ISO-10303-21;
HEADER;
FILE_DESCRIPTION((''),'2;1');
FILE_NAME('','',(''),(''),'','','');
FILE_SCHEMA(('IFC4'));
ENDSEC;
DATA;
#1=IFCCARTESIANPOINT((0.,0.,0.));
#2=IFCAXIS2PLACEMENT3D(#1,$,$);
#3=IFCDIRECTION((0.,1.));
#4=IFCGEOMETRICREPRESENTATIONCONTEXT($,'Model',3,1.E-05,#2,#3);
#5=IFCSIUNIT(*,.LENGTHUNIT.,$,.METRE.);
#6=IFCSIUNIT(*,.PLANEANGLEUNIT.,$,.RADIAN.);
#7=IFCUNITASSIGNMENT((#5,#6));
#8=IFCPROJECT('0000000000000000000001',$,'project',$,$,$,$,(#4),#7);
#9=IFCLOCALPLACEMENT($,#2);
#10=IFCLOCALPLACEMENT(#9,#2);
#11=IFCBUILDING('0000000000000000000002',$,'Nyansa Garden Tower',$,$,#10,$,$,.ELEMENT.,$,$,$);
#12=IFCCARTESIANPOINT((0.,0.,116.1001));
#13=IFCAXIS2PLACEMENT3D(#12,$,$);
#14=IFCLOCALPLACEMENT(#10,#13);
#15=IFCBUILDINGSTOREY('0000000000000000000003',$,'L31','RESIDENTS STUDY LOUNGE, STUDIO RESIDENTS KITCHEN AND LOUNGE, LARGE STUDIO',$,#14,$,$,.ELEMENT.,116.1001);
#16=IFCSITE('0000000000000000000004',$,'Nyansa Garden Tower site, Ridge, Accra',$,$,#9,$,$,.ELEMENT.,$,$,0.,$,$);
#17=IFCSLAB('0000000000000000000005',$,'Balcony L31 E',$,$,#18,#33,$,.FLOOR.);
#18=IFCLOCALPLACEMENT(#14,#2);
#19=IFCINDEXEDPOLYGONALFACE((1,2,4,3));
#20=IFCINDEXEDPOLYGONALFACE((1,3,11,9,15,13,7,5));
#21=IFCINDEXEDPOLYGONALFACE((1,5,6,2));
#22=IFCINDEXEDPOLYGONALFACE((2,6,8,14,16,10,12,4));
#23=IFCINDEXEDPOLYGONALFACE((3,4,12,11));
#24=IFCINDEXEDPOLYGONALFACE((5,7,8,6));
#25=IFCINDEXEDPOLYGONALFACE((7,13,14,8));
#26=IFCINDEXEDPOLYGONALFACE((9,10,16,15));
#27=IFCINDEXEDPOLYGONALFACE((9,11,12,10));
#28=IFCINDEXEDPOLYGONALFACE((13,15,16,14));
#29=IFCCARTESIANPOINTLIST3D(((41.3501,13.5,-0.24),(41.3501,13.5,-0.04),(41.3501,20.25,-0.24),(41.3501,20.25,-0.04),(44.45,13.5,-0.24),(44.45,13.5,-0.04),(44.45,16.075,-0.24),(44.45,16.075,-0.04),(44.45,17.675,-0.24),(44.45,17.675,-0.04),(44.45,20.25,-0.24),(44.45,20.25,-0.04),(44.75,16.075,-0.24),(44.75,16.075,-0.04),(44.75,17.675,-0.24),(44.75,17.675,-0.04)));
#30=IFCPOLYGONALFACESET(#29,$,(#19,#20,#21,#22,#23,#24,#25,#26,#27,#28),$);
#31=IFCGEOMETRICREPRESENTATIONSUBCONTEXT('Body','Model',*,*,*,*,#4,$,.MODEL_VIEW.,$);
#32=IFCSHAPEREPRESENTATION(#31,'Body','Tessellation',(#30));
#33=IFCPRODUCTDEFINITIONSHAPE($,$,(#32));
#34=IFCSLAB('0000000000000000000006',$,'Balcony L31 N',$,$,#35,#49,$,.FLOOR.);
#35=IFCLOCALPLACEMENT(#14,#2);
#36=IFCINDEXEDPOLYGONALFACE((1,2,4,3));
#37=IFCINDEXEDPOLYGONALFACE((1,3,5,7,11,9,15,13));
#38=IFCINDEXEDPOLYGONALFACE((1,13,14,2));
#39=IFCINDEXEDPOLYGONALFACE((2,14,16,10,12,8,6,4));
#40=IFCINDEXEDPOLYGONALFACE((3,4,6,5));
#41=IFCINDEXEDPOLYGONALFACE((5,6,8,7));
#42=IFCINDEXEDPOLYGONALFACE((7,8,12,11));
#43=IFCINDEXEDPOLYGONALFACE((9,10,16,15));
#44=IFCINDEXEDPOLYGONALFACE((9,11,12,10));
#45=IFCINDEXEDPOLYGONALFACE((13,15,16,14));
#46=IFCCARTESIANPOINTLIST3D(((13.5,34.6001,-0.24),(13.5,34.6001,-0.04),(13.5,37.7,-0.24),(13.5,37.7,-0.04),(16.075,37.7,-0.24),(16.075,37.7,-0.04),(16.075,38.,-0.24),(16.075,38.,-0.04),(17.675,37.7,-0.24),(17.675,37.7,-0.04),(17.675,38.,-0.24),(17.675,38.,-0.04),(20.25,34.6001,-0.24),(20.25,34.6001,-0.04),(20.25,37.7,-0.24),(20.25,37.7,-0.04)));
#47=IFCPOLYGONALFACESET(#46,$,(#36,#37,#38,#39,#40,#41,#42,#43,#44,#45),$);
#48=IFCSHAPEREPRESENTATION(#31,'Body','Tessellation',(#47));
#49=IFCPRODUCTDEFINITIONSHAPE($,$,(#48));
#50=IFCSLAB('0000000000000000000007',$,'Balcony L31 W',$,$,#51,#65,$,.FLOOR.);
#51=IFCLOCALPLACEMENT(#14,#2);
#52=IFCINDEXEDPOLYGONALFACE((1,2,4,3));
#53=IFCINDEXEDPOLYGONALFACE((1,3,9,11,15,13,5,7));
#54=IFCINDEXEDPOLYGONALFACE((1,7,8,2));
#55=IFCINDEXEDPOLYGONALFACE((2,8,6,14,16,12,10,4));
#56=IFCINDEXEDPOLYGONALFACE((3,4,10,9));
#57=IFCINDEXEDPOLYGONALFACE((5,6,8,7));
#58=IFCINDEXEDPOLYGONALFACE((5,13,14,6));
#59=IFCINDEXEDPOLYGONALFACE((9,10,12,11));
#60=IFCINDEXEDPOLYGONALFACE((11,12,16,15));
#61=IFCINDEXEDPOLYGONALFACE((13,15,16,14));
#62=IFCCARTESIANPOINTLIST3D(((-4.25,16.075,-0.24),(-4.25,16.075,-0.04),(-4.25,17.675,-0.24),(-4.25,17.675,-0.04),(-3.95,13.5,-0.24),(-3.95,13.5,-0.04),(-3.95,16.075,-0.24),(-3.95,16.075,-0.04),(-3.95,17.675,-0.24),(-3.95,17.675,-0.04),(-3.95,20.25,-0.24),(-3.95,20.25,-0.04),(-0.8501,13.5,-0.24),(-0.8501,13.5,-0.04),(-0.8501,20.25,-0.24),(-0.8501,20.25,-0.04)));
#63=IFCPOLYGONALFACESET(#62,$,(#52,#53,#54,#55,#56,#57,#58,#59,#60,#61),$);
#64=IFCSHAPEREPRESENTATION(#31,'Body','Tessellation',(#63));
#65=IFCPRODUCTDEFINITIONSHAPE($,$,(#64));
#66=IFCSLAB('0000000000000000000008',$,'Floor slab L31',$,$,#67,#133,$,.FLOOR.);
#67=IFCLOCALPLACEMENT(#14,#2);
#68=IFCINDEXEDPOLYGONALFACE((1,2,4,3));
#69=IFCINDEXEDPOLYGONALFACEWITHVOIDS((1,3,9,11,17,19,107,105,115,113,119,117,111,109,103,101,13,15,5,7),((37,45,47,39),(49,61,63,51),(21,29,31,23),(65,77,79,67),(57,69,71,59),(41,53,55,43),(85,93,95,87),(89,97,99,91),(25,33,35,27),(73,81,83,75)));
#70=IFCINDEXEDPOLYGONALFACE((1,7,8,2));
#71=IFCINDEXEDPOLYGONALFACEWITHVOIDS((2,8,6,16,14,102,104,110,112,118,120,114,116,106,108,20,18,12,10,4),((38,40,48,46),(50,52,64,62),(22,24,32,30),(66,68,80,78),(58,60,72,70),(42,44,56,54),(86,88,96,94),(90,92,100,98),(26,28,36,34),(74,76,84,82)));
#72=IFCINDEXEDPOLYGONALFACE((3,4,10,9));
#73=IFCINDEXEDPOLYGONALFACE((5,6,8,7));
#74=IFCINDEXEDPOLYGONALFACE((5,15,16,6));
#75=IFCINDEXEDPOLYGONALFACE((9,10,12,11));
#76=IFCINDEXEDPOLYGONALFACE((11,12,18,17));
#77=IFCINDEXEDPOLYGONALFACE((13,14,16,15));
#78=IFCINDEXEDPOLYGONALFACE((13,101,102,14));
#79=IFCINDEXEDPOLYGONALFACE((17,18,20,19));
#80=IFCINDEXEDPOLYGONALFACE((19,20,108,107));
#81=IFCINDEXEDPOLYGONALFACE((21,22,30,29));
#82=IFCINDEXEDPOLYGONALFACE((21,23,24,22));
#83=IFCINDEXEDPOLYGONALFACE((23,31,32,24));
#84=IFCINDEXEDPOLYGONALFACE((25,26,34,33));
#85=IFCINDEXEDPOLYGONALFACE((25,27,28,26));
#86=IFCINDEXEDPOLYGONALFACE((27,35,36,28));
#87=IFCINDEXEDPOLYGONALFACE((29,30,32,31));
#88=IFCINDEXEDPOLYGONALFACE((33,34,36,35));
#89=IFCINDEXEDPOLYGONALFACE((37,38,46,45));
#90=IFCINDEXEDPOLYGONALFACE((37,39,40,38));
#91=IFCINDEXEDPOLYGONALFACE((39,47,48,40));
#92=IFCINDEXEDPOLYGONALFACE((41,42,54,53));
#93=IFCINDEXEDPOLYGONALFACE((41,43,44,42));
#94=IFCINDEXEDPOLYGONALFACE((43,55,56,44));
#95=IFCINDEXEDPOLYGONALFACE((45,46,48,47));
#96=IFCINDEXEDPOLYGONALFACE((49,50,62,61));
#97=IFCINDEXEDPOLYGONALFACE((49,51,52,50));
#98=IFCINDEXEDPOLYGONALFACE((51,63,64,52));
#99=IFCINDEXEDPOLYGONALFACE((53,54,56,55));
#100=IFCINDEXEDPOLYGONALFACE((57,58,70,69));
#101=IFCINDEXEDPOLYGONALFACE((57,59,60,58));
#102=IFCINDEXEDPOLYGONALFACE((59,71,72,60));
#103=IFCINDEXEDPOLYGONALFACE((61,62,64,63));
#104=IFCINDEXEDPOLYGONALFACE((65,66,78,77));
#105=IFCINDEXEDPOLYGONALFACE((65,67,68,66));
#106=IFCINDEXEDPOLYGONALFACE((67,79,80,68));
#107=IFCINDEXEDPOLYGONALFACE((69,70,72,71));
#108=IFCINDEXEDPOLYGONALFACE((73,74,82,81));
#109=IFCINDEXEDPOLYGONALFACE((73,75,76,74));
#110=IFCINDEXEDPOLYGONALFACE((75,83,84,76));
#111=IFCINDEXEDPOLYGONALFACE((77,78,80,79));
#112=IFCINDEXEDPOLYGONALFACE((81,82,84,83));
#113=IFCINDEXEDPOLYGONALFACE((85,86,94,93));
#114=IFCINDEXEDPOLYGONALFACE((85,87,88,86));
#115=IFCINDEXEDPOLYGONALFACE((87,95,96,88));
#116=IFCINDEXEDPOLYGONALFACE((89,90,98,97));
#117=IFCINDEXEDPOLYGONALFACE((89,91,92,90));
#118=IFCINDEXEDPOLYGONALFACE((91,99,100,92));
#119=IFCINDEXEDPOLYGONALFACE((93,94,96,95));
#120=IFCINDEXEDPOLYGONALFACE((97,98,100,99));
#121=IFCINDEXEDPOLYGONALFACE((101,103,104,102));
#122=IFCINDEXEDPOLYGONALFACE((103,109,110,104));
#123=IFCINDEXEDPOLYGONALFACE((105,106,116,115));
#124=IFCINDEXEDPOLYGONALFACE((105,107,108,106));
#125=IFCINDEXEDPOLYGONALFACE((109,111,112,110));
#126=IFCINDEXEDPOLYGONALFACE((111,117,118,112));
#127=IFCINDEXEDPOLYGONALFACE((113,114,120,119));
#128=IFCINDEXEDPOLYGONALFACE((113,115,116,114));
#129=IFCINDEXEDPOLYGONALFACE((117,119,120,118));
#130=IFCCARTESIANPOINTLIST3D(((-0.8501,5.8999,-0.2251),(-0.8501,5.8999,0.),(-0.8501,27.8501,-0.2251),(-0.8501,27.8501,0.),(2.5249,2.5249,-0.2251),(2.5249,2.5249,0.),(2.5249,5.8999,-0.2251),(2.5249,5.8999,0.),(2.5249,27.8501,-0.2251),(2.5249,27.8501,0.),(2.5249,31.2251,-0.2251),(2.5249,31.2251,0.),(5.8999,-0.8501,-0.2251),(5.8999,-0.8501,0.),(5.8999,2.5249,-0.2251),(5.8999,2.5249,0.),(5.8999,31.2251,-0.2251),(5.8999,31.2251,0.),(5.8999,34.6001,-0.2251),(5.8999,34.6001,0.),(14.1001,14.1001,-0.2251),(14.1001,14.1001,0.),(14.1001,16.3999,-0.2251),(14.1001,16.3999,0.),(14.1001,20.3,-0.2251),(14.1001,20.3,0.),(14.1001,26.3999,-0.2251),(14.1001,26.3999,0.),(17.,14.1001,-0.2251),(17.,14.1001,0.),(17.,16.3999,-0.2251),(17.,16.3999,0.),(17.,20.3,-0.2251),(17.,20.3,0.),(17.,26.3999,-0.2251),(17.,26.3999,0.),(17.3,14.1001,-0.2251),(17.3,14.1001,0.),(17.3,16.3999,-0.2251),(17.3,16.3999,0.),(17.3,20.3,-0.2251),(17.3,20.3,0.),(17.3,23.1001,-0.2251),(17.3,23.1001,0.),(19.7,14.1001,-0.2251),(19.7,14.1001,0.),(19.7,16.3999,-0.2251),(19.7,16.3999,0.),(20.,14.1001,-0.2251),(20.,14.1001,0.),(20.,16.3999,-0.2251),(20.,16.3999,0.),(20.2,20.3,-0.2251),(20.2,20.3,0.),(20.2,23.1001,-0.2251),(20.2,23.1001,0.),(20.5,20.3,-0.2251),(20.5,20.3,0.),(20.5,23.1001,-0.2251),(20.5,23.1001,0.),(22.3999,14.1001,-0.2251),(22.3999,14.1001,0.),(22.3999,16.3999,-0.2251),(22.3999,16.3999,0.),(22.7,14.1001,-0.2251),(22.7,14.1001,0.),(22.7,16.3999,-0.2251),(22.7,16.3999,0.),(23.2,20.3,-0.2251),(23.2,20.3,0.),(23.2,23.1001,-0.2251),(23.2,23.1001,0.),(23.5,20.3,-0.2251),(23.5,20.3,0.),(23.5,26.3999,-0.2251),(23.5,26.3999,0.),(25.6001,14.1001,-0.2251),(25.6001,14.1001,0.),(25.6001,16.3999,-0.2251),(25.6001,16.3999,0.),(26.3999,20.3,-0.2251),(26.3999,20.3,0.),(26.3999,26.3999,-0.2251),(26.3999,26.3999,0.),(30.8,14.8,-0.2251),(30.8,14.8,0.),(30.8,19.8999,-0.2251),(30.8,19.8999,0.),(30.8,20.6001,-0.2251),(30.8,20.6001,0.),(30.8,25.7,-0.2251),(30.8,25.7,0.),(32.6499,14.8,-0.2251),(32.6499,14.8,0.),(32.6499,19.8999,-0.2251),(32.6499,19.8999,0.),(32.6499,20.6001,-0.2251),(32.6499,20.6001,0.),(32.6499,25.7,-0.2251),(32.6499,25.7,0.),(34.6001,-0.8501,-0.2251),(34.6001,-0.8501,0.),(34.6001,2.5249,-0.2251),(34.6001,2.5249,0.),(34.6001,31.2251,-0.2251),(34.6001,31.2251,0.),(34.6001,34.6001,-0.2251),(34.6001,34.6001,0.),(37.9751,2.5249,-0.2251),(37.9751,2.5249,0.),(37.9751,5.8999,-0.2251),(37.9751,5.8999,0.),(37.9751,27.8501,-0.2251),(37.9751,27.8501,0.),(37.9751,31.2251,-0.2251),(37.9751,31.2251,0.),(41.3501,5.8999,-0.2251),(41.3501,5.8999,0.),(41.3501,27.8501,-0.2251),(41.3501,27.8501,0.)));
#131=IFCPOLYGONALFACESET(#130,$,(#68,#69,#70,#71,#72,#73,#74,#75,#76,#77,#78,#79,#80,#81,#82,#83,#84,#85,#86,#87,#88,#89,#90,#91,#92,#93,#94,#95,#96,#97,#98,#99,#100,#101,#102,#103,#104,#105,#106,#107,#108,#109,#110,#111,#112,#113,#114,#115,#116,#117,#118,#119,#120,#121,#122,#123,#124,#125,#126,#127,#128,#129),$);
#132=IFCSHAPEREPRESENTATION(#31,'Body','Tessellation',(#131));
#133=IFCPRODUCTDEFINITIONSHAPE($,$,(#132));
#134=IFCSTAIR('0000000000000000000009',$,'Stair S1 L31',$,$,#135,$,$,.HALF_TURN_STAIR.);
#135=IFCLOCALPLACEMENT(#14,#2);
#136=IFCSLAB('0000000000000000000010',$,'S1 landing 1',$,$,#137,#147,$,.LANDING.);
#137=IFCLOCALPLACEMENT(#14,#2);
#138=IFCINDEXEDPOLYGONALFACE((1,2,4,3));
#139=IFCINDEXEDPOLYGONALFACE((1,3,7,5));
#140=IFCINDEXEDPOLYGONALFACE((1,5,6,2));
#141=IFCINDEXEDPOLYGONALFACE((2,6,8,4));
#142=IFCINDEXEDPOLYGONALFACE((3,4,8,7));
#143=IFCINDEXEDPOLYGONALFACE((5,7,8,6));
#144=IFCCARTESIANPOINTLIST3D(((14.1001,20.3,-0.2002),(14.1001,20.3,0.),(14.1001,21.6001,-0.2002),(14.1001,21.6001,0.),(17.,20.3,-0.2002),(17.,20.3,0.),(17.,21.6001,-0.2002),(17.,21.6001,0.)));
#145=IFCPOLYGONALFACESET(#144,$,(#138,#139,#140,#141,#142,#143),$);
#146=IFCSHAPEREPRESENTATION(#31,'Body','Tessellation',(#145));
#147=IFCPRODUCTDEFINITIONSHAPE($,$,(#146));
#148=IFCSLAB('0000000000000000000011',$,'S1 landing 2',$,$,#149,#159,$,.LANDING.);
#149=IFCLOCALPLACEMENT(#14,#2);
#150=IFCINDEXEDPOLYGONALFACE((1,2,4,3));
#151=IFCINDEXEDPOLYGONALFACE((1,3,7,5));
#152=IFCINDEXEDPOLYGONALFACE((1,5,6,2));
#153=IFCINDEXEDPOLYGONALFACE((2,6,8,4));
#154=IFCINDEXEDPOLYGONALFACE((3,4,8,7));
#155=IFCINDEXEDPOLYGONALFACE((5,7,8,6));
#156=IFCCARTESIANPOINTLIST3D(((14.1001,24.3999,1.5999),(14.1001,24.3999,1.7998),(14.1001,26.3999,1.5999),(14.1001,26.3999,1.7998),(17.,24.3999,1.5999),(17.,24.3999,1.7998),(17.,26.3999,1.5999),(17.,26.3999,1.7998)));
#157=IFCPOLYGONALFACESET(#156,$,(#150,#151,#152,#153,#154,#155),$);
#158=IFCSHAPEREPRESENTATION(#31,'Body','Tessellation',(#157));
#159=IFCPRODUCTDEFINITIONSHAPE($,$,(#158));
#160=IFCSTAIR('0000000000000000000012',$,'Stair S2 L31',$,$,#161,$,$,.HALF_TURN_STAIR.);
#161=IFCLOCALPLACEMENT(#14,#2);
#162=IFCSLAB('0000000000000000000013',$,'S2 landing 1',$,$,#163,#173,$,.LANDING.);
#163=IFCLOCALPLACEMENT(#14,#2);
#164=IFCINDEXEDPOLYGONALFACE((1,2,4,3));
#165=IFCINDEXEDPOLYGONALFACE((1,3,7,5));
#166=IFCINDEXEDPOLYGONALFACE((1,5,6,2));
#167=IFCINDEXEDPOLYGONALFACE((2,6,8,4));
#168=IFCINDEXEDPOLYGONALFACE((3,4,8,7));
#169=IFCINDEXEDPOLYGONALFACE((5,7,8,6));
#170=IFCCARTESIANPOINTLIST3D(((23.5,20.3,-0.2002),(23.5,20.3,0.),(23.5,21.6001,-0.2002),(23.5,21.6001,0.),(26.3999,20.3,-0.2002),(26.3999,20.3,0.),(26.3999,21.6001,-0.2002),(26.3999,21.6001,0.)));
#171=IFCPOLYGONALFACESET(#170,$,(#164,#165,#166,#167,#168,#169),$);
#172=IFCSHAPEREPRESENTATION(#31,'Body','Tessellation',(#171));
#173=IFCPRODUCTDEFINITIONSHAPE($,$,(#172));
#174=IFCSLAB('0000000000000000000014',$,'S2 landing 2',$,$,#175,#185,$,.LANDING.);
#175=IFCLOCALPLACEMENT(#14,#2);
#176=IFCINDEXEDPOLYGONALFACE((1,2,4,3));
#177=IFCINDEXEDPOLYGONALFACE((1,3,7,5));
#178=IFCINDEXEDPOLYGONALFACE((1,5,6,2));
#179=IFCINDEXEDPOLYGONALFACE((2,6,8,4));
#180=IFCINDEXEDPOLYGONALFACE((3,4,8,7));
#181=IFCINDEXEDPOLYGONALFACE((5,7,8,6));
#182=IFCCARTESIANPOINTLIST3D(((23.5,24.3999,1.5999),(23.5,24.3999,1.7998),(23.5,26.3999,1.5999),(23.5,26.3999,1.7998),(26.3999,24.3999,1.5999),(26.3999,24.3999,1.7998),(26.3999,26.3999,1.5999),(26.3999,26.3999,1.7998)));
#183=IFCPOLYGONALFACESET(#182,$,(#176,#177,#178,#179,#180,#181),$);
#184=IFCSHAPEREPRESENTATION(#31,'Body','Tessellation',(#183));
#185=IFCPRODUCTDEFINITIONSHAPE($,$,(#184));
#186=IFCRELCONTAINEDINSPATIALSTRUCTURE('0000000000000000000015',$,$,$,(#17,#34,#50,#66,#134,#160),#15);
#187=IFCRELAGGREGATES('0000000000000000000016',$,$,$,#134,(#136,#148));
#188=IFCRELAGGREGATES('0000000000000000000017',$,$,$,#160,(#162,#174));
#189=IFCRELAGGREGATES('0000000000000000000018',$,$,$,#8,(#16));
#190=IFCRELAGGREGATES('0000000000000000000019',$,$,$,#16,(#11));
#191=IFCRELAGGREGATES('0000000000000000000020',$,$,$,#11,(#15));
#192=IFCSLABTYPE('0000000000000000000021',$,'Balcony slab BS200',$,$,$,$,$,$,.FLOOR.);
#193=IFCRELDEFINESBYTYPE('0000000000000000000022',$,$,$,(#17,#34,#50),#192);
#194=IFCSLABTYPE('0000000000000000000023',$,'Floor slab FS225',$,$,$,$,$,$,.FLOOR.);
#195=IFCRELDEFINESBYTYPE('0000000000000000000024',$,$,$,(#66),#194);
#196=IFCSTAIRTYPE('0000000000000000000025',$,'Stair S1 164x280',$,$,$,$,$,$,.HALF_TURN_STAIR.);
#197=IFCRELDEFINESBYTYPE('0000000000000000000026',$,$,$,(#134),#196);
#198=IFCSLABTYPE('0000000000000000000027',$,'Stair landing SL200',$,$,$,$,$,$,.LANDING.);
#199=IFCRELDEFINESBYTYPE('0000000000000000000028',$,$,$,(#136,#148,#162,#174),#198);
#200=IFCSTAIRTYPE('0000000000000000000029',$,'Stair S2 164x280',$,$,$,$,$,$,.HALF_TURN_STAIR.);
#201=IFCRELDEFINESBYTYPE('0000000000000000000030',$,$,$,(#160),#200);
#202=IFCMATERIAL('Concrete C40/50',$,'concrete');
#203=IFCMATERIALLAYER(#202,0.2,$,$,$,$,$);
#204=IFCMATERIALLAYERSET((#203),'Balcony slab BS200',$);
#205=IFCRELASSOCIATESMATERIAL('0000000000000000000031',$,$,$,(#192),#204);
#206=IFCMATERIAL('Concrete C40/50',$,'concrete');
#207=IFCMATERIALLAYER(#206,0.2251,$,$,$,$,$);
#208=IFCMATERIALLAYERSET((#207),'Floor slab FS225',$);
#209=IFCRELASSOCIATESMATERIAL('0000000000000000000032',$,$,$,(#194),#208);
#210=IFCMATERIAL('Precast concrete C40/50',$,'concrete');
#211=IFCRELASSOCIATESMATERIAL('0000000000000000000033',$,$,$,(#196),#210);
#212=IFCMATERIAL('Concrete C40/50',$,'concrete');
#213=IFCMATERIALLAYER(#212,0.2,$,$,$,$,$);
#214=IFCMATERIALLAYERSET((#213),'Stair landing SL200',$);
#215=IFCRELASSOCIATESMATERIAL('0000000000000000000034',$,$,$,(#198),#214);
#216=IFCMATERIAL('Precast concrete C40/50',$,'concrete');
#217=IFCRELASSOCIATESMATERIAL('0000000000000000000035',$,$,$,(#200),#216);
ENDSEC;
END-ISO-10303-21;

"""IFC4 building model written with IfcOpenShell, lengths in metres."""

from ifc_helpers import new_model, si_unit, direction, frame, origin, place, context, subcontext, project, spatial, polyline, outline, extrude, material, layer, layer_set, type_object, element, aggregate, save


model = new_model("IFC4")

# Units and contexts
model_context = context("Model", 3, precision=1e-05, world=origin(), true_north=direction((0.0, 1.0)))
body_context = subcontext(model_context, "Body", "Model", "MODEL_VIEW")
ifc_project = project(units=[si_unit("LENGTHUNIT", "METRE"), si_unit("PLANEANGLEUNIT", "RADIAN")], contexts=[model_context])

# Site, building, storey
site_placement = place(None, origin())
site = spatial("IfcSite", under=ifc_project, at=site_placement, Name="Nyansa Garden Tower site, Ridge, Accra", CompositionType="ELEMENT", RefElevation=0.0)
building_placement = place(site_placement, origin())
building = spatial("IfcBuilding", under=site, at=building_placement, Name="Nyansa Garden Tower", CompositionType="ELEMENT")
storey_placement = place(building_placement, frame((0.0, 0.0, 116.1001)))
storey = spatial("IfcBuildingStorey", under=building, at=storey_placement, Name="L31", Description="RESIDENTS STUDY LOUNGE, STUDIO RESIDENTS KITCHEN AND LOUNGE, LARGE STUDIO", CompositionType="ELEMENT", Elevation=116.1001)

# Slabs
ifc_material_1 = material(Name="Concrete C40/50", Category="concrete")
ifc_layer_1 = layer(ifc_material_1, 0.2)
ifc_layer_set_1 = layer_set([ifc_layer_1], Name="Balcony slab BS200")
slab_type_1 = type_object("IfcSlabType", Name="Balcony slab BS200", PredefinedType="FLOOR", material=ifc_layer_set_1)
slab_1_placement = place(storey_placement, frame((0.0, 0.0, -0.24)))
element("IfcSlab", 1, at=slab_1_placement, inside=storey, type_object=slab_type_1, Name="Balcony L31 E", PredefinedType="FLOOR", context=body_context, shape_type="SweptSolid", body=[
    extrude(outline(polyline([(41.3501, 13.5), (41.3501, 20.25), (44.45, 20.25), (44.45, 17.675), (44.75, 17.675), (44.75, 16.075), (44.45, 16.075), (44.45, 13.5), (41.3501, 13.5)])), origin(), (0.0, 0.0, 1.0), 0.2),
])
slab_2_placement = place(storey_placement, frame((0.0, 0.0, -0.24)))
element("IfcSlab", 2, at=slab_2_placement, inside=storey, type_object=slab_type_1, Name="Balcony L31 N", PredefinedType="FLOOR", context=body_context, shape_type="SweptSolid", body=[
    extrude(outline(polyline([(13.5, 34.6001), (20.25, 34.6001), (20.25, 37.7), (17.675, 37.7), (17.675, 38.0), (16.075, 38.0), (16.075, 37.7), (13.5, 37.7), (13.5, 34.6001)])), origin(), (0.0, 0.0, 1.0), 0.2),
])
slab_3_placement = place(storey_placement, frame((0.0, 0.0, -0.24)))
element("IfcSlab", 3, at=slab_3_placement, inside=storey, type_object=slab_type_1, Name="Balcony L31 W", PredefinedType="FLOOR", context=body_context, shape_type="SweptSolid", body=[
    extrude(outline(polyline([(-0.8501, 13.5), (-0.8501, 20.25), (-3.95, 20.25), (-3.95, 17.675), (-4.25, 17.675), (-4.25, 16.075), (-3.95, 16.075), (-3.95, 13.5), (-0.8501, 13.5)])), origin(), (0.0, 0.0, 1.0), 0.2),
])
ifc_material_2 = material(Name="Concrete C40/50", Category="concrete")
ifc_layer_2 = layer(ifc_material_2, 0.2251)
ifc_layer_set_2 = layer_set([ifc_layer_2], Name="Floor slab FS225")
slab_type_2 = type_object("IfcSlabType", Name="Floor slab FS225", PredefinedType="FLOOR", material=ifc_layer_set_2)
slab_4_placement = place(storey_placement, frame((0.0, 0.0, -0.2251)))
element("IfcSlab", 4, at=slab_4_placement, inside=storey, type_object=slab_type_2, Name="Floor slab L31", PredefinedType="FLOOR", context=body_context, shape_type="SweptSolid", body=[
    extrude(outline(polyline([(41.3501, 5.8999), (37.9751, 5.8999), (37.9751, 2.5249), (34.6001, 2.5249), (34.6001, -0.8501), (5.8999, -0.8501), (5.8999, 2.5249), (2.5249, 2.5249), (2.5249, 5.8999), (-0.8501, 5.8999), (-0.8501, 27.8501), (2.5249, 27.8501), (2.5249, 31.2251), (5.8999, 31.2251), (5.8999, 34.6001), (34.6001, 34.6001), (34.6001, 31.2251), (37.9751, 31.2251), (37.9751, 27.8501), (41.3501, 27.8501), (41.3501, 5.8999)]), holes=[polyline([(14.1001, 14.1001), (17.0, 14.1001), (17.0, 16.3999), (14.1001, 16.3999), (14.1001, 14.1001)]), polyline([(17.3, 14.1001), (19.7, 14.1001), (19.7, 16.3999), (17.3, 16.3999), (17.3, 14.1001)]), polyline([(20.0, 14.1001), (22.3999, 14.1001), (22.3999, 16.3999), (20.0, 16.3999), (20.0, 14.1001)]), polyline([(22.7, 14.1001), (25.6001, 14.1001), (25.6001, 16.3999), (22.7, 16.3999), (22.7, 14.1001)]), polyline([(17.3, 20.3), (20.2, 20.3), (20.2, 23.1001), (17.3, 23.1001), (17.3, 20.3)]), polyline([(20.5, 20.3), (23.2, 20.3), (23.2, 23.1001), (20.5, 23.1001), (20.5, 20.3)]), polyline([(30.8, 14.8), (32.6499, 14.8), (32.6499, 19.8999), (30.8, 19.8999), (30.8, 14.8)]), polyline([(30.8, 20.6001), (32.6499, 20.6001), (32.6499, 25.7), (30.8, 25.7), (30.8, 20.6001)]), polyline([(14.1001, 20.3), (17.0, 20.3), (17.0, 26.3999), (14.1001, 26.3999), (14.1001, 20.3)]), polyline([(23.5, 20.3), (26.3999, 20.3), (26.3999, 26.3999), (23.5, 26.3999), (23.5, 20.3)])]), origin(), (0.0, 0.0, 1.0), 0.2251),
])

# Stairs, slabs
ifc_material_3 = material(Name="Precast concrete C40/50", Category="concrete")
stair_type_1 = type_object("IfcStairType", Name="Stair S1 164x280", PredefinedType="HALF_TURN_STAIR", material=ifc_material_3)
stair_1_placement = place(storey_placement, origin())
stair_1 = element("IfcStair", 5, at=stair_1_placement, inside=storey, type_object=stair_type_1, Name="Stair S1 L31", PredefinedType="HALF_TURN_STAIR")
ifc_material_4 = material(Name="Concrete C40/50", Category="concrete")
ifc_layer_3 = layer(ifc_material_4, 0.2)
ifc_layer_set_3 = layer_set([ifc_layer_3], Name="Stair landing SL200")
slab_type_3 = type_object("IfcSlabType", Name="Stair landing SL200", PredefinedType="LANDING", material=ifc_layer_set_3)
slab_5_placement = place(storey_placement, frame((0.0, 0.0, -0.2002)))
slab_5 = element("IfcSlab", 6, at=slab_5_placement, type_object=slab_type_3, Name="S1 landing 1", PredefinedType="LANDING", context=body_context, shape_type="SweptSolid", body=[
    extrude(outline(polyline([(14.1001, 20.3), (17.0, 20.3), (17.0, 21.6001), (14.1001, 21.6001), (14.1001, 20.3)])), origin(), (0.0, 0.0, 1.0), 0.2002),
])
slab_6_placement = place(storey_placement, frame((0.0, 0.0, 1.5999)))
slab_6 = element("IfcSlab", 7, at=slab_6_placement, type_object=slab_type_3, Name="S1 landing 2", PredefinedType="LANDING", context=body_context, shape_type="SweptSolid", body=[
    extrude(outline(polyline([(14.1001, 24.3999), (17.0, 24.3999), (17.0, 26.3999), (14.1001, 26.3999), (14.1001, 24.3999)])), origin(), (0.0, 0.0, 1.0), 0.2),
])
aggregate(stair_1, [slab_5, slab_6])
ifc_material_5 = material(Name="Precast concrete C40/50", Category="concrete")
stair_type_2 = type_object("IfcStairType", Name="Stair S2 164x280", PredefinedType="HALF_TURN_STAIR", material=ifc_material_5)
stair_2_placement = place(storey_placement, origin())
stair_2 = element("IfcStair", 8, at=stair_2_placement, inside=storey, type_object=stair_type_2, Name="Stair S2 L31", PredefinedType="HALF_TURN_STAIR")
slab_7_placement = place(storey_placement, frame((0.0, 0.0, -0.2002)))
slab_7 = element("IfcSlab", 9, at=slab_7_placement, type_object=slab_type_3, Name="S2 landing 1", PredefinedType="LANDING", context=body_context, shape_type="SweptSolid", body=[
    extrude(outline(polyline([(23.5, 20.3), (26.3999, 20.3), (26.3999, 21.6001), (23.5, 21.6001), (23.5, 20.3)])), origin(), (0.0, 0.0, 1.0), 0.2002),
])
slab_8_placement = place(storey_placement, frame((0.0, 0.0, 1.5999)))
slab_8 = element("IfcSlab", 10, at=slab_8_placement, type_object=slab_type_3, Name="S2 landing 2", PredefinedType="LANDING", context=body_context, shape_type="SweptSolid", body=[
    extrude(outline(polyline([(23.5, 24.3999), (26.3999, 24.3999), (26.3999, 26.3999), (23.5, 26.3999), (23.5, 24.3999)])), origin(), (0.0, 0.0, 1.0), 0.2),
])
aggregate(stair_2, [slab_7, slab_8])

save(model, "model.ifc")
